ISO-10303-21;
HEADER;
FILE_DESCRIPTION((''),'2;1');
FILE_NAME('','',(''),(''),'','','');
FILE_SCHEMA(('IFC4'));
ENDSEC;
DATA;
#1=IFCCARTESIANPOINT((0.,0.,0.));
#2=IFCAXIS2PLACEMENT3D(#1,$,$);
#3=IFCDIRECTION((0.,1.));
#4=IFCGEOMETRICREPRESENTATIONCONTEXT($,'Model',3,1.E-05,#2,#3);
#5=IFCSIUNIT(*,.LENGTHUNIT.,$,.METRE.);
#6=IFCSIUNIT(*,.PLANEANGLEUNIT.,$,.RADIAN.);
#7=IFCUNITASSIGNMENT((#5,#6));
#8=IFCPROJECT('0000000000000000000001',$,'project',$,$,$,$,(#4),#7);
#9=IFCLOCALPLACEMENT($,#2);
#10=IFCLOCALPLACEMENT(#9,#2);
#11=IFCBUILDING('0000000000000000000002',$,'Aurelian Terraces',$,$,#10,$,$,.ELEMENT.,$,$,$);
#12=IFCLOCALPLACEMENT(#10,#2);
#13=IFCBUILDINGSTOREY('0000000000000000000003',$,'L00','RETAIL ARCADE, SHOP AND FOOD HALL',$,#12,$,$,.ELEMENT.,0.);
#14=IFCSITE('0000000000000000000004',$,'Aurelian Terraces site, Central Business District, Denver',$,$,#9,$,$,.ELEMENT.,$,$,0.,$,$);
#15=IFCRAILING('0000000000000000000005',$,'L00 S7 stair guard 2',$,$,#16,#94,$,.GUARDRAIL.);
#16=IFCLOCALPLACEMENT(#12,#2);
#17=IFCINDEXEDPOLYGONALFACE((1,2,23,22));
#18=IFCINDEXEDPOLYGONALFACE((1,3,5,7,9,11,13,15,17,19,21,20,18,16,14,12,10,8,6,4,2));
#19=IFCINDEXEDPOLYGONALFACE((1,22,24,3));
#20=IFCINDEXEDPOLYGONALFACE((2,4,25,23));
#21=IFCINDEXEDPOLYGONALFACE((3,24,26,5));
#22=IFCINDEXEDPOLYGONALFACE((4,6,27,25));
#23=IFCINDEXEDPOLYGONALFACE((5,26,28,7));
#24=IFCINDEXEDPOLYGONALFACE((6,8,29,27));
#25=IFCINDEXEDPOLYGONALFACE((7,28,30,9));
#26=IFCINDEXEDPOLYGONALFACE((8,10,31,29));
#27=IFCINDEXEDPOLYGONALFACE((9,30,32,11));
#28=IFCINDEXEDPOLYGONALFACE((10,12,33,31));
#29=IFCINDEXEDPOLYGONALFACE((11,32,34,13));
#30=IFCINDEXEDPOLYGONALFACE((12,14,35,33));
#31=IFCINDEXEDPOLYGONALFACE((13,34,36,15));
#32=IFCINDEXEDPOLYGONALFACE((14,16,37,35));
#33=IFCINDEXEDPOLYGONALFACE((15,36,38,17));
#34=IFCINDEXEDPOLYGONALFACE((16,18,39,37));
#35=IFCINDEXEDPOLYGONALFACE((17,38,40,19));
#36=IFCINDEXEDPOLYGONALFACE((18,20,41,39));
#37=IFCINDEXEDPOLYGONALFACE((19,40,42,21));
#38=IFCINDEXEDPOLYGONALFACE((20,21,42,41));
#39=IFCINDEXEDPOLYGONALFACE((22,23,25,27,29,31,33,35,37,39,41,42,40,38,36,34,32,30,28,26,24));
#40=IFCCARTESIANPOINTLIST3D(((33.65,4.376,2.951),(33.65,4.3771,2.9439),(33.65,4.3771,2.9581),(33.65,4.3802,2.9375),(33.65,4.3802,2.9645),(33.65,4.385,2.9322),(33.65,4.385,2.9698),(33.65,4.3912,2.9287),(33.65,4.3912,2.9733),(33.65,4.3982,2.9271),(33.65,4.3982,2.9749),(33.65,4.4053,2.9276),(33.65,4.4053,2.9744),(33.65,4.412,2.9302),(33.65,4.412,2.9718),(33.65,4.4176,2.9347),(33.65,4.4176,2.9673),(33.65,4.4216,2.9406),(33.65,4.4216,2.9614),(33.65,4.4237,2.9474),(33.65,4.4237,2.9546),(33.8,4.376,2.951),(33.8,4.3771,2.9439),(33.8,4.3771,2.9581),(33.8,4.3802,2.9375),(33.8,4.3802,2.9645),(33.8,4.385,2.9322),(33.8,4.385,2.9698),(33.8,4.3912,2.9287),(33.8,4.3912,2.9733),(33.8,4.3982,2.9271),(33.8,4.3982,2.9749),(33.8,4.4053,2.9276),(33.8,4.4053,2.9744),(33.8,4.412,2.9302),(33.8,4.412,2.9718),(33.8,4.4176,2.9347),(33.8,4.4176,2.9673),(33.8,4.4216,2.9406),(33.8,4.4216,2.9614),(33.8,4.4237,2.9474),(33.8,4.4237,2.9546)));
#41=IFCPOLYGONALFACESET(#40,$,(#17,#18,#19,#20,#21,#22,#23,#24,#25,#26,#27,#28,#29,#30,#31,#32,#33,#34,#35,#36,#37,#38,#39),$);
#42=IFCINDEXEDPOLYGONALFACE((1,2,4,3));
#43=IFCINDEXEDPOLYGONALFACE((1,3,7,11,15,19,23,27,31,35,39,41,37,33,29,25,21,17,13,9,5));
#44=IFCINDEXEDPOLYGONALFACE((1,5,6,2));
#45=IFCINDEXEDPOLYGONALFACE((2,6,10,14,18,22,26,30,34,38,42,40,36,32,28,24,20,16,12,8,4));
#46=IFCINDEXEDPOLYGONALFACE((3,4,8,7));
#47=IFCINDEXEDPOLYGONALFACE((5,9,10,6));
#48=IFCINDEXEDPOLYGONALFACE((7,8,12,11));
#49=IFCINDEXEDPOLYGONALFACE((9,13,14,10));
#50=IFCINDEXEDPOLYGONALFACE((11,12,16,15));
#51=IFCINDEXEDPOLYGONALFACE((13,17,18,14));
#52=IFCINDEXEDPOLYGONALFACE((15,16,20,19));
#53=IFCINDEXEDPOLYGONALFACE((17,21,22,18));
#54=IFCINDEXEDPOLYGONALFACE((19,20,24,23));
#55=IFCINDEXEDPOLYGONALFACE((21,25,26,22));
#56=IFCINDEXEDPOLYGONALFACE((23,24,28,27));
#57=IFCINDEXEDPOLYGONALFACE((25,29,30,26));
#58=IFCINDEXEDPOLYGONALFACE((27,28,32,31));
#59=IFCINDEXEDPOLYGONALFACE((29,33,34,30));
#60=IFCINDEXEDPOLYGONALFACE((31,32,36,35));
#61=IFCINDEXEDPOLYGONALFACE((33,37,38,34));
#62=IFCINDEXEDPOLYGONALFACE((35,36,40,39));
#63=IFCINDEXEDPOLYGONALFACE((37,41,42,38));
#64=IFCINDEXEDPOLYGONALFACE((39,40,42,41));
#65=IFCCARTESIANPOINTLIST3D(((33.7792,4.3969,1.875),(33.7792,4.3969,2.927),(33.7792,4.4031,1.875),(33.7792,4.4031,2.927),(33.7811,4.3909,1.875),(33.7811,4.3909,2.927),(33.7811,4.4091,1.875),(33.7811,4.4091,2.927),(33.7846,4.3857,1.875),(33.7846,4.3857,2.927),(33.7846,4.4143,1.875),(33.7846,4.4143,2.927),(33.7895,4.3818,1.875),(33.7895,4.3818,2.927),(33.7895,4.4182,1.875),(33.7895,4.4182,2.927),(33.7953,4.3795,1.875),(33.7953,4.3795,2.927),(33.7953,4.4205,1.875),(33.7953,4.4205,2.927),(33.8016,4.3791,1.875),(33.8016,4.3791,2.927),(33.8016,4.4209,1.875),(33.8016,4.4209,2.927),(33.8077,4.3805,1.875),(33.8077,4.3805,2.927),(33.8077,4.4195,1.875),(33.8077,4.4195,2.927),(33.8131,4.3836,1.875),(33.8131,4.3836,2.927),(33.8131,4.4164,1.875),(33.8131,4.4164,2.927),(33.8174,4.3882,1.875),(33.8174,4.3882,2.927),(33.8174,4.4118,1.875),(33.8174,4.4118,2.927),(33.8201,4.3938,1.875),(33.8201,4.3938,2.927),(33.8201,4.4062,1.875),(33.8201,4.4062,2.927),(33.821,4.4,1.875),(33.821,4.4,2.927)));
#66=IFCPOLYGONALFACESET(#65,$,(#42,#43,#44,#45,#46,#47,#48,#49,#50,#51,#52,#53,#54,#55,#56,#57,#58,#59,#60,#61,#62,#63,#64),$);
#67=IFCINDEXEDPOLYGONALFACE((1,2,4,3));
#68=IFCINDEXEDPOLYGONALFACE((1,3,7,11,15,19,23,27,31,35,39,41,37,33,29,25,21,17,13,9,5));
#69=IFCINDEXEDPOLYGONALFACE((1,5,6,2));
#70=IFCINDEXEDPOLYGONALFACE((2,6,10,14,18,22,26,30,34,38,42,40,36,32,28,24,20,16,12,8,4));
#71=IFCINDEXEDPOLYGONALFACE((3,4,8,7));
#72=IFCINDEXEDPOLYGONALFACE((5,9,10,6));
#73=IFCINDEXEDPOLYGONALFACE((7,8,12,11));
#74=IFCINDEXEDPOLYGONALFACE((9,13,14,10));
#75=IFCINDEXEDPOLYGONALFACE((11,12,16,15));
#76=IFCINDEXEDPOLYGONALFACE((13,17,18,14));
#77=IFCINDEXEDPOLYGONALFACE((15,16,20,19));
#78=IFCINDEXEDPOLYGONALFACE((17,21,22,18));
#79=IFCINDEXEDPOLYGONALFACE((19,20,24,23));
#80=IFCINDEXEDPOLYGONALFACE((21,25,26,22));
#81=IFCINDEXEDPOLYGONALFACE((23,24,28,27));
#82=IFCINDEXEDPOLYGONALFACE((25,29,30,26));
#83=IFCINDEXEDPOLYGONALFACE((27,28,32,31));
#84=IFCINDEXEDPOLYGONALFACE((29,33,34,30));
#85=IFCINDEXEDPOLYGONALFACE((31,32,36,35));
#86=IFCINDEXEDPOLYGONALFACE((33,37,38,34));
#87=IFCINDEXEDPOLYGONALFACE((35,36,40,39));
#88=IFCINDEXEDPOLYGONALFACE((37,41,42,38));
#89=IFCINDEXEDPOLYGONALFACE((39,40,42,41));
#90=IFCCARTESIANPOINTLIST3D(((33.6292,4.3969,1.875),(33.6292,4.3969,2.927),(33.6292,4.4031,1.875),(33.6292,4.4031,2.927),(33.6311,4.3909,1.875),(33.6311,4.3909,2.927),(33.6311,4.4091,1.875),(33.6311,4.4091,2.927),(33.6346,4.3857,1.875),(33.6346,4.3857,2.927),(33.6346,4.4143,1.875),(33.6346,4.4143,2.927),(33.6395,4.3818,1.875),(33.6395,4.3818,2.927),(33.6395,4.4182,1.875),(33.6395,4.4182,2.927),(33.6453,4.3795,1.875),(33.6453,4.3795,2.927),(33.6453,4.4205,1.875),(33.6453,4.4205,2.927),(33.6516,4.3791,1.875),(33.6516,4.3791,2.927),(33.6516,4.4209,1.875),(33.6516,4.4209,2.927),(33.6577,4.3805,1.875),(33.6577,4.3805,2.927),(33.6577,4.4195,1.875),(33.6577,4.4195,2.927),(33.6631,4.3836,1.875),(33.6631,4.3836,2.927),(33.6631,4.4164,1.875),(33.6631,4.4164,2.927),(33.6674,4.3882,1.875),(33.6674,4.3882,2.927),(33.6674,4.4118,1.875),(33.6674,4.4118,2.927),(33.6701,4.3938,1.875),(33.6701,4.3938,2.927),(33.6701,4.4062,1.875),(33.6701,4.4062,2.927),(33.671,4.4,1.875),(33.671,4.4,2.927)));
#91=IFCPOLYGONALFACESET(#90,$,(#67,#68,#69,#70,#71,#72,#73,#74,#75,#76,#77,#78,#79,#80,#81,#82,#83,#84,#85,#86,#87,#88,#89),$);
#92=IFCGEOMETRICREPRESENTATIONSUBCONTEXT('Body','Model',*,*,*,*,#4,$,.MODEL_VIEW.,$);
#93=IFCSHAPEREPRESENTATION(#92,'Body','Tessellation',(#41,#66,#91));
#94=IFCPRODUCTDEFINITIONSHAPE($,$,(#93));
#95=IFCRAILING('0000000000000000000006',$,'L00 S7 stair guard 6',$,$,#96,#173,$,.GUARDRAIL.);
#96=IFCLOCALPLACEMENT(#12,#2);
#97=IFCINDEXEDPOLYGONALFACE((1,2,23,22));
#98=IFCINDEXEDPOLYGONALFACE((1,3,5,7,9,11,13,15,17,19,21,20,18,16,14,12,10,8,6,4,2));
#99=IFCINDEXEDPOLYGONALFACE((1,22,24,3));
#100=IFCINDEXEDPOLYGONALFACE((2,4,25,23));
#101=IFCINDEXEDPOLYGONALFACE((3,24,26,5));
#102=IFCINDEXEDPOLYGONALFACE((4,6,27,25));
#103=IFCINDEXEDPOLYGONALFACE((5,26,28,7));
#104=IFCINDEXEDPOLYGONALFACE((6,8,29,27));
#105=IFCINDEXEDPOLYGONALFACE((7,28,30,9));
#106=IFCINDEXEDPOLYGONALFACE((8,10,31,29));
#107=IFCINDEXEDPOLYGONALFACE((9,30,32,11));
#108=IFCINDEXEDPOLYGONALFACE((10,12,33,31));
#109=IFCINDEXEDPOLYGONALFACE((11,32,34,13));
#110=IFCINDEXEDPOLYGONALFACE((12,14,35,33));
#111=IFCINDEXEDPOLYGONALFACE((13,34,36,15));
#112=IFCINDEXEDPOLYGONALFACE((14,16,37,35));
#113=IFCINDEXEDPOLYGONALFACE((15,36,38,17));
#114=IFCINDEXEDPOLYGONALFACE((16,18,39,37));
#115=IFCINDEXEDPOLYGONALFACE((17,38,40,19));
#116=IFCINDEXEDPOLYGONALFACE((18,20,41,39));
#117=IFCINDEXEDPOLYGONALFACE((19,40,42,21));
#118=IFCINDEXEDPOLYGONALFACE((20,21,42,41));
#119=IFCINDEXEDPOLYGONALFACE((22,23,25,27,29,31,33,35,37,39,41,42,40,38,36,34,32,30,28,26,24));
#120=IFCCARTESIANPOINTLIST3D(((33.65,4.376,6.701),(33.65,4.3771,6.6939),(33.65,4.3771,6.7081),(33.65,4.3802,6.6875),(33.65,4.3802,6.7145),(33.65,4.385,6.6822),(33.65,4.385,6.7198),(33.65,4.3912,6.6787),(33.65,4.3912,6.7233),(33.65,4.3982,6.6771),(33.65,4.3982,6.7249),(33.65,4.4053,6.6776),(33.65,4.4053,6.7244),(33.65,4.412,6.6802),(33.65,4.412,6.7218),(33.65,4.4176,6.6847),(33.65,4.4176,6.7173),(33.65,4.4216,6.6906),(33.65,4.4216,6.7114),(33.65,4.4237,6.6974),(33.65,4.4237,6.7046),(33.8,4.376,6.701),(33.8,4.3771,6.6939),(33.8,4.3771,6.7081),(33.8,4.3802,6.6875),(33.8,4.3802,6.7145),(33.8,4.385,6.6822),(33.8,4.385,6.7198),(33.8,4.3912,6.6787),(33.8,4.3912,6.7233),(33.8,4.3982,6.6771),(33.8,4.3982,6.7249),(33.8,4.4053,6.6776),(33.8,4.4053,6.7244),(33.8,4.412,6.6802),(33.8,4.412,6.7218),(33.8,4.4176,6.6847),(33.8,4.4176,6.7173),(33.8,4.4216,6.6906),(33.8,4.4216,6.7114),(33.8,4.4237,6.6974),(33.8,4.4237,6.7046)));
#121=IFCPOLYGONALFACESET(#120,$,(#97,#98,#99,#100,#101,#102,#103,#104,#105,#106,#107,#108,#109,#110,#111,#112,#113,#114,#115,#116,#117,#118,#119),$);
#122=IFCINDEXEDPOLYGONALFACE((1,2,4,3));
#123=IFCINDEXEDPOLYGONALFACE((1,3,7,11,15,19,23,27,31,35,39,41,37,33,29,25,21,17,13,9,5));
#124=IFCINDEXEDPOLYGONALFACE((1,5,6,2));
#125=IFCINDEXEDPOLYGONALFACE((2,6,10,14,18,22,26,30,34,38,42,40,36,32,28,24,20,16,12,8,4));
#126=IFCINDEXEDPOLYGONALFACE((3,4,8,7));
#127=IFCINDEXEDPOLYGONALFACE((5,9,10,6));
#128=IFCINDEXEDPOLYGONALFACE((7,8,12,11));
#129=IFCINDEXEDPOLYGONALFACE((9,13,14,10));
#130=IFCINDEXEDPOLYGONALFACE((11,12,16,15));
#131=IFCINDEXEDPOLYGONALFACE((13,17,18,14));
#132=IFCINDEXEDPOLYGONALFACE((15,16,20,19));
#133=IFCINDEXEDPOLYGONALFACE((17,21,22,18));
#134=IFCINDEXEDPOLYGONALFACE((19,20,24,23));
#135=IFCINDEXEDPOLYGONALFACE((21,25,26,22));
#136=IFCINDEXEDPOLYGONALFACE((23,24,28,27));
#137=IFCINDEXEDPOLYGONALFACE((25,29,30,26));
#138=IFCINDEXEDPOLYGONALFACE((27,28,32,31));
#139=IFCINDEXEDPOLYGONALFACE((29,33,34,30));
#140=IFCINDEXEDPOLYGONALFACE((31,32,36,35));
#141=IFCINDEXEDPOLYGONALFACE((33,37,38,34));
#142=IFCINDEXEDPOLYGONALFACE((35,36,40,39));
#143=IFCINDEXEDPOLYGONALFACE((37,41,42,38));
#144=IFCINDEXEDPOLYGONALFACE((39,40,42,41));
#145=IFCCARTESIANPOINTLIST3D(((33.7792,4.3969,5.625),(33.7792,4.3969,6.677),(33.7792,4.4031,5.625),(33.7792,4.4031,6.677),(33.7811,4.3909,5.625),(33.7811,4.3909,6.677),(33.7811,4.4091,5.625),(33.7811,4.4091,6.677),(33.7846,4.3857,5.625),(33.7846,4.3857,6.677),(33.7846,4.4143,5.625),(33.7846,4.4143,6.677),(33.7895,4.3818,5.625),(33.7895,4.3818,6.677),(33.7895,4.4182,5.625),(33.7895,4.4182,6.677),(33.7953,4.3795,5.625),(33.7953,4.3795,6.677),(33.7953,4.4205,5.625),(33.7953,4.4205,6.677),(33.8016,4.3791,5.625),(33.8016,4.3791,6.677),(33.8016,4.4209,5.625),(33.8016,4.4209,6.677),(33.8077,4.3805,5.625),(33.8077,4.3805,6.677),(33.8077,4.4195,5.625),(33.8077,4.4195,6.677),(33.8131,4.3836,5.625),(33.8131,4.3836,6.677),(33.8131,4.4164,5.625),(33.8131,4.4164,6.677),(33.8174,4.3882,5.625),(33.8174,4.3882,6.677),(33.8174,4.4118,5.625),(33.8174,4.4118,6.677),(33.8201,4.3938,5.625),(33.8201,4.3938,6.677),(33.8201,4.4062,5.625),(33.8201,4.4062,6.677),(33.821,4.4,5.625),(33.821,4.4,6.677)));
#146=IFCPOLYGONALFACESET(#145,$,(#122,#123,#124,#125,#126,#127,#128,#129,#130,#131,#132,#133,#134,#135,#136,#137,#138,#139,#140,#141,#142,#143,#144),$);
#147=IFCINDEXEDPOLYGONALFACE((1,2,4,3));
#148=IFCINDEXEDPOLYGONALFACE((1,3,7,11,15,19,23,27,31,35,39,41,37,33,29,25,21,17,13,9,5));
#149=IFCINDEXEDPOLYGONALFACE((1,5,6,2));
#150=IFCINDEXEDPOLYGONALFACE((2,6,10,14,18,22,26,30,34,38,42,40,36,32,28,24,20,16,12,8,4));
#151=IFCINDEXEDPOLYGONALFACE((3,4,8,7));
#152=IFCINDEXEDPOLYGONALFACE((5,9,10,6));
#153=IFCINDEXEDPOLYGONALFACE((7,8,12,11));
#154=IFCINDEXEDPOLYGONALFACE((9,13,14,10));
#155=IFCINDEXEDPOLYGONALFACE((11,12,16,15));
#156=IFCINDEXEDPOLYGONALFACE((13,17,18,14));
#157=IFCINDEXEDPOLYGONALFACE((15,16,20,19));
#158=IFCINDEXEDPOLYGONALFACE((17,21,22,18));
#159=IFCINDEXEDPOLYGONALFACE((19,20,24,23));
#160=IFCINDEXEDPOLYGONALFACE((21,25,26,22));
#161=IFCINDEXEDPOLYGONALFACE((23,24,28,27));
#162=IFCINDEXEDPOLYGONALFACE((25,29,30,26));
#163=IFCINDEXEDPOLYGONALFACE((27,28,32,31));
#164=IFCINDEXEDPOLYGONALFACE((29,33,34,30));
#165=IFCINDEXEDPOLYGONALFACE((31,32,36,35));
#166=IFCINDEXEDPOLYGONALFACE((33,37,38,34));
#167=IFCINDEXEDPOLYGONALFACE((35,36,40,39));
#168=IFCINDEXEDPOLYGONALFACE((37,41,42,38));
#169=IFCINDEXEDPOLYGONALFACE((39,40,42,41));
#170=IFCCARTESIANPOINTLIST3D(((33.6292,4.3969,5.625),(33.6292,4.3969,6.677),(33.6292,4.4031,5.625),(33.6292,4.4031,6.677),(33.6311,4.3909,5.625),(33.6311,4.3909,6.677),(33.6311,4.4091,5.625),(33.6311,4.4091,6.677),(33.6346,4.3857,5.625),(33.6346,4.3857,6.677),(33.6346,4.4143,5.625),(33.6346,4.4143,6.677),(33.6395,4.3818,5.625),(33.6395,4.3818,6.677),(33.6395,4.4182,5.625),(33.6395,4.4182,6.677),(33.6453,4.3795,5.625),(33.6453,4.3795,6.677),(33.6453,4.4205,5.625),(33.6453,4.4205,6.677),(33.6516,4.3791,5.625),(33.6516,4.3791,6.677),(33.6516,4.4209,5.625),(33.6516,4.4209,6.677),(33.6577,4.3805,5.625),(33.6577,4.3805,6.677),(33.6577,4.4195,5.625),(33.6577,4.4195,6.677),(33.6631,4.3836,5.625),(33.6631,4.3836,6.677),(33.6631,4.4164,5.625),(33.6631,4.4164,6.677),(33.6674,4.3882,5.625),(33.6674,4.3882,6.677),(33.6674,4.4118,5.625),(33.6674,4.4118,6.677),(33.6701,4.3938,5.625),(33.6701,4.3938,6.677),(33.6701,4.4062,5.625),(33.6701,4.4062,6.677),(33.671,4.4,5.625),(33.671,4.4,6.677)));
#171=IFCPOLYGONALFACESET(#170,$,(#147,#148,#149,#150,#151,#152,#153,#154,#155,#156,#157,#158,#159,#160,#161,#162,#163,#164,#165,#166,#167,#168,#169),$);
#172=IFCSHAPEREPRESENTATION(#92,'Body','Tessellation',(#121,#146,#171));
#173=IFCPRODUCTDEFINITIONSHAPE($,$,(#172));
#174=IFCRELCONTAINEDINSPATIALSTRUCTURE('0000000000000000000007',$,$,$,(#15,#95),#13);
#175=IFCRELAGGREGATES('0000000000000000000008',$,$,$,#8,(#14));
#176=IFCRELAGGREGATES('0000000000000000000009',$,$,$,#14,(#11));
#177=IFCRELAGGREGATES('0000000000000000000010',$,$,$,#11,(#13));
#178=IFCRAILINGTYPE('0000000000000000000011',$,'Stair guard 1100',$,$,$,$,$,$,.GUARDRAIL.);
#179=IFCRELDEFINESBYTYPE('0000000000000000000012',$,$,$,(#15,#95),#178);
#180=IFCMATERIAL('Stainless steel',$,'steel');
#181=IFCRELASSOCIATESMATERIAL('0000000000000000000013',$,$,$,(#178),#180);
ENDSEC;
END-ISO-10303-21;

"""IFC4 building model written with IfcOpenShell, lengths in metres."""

from ifc_helpers import new_model, si_unit, direction, frame, origin, origin_2d, place, context, subcontext, project, spatial, circle, extrude, source, transform, mapped, material, type_object, element, save


model = new_model("IFC4")

# Units and contexts
model_context = context("Model", 3, precision=1e-05, world=origin(), true_north=direction((0.0, 1.0)))
body_context = subcontext(model_context, "Body", "Model", "MODEL_VIEW")
ifc_project = project(units=[si_unit("LENGTHUNIT", "METRE"), si_unit("PLANEANGLEUNIT", "RADIAN")], contexts=[model_context])

# Site, building, storey
site_placement = place(None, origin())
site = spatial("IfcSite", under=ifc_project, at=site_placement, Name="Aurelian Terraces site, Central Business District, Denver", CompositionType="ELEMENT", RefElevation=0.0)
building_placement = place(site_placement, origin())
building = spatial("IfcBuilding", under=site, at=building_placement, Name="Aurelian Terraces", CompositionType="ELEMENT")
storey_placement = place(building_placement, origin())
storey = spatial("IfcBuildingStorey", under=building, at=storey_placement, Name="L00", Description="RETAIL ARCADE, SHOP AND FOOD HALL", CompositionType="ELEMENT", Elevation=0.0)

# Railings
ifc_material_1 = material(Name="Stainless steel", Category="steel")
railing_type_1 = type_object("IfcRailingType", Name="Stair guard 1100", PredefinedType="GUARDRAIL", material=ifc_material_1)
shared_shape_1 = source(origin(), body_context, "Body", "SweptSolid", [
    extrude(circle(Radius=0.024, at=origin_2d()), frame((0.0, 0.0, 1.076), z_axis=(-1.0, 0.0, 0.0), x_axis=(0.0, -1.0, 0.0)), (0.0, 0.0, 1.0), 0.15),
    extrude(circle(Radius=0.021, at=origin_2d()), origin(), (0.0, 0.0, 1.0), 1.052),
    extrude(circle(Radius=0.021, at=origin_2d()), frame((-0.15, 0.0, 0.0)), (0.0, 0.0, 1.0), 1.052),
])
for number, where, name in (
    (1, (33.8, 4.4, 1.875), "L00 S7 stair guard 2"),
    (2, (33.8, 4.4, 5.625), "L00 S7 stair guard 6"),
):
    element("IfcRailing", number, at=place(storey_placement, frame(where)), inside=storey, type_object=railing_type_1, Name=name, PredefinedType="GUARDRAIL", context=body_context, shape_type="MappedRepresentation", body=[
        mapped(shared_shape_1, transform((0.0, 0.0, 0.0), scale=1.0)),
    ])

save(model, "model.ifc")
